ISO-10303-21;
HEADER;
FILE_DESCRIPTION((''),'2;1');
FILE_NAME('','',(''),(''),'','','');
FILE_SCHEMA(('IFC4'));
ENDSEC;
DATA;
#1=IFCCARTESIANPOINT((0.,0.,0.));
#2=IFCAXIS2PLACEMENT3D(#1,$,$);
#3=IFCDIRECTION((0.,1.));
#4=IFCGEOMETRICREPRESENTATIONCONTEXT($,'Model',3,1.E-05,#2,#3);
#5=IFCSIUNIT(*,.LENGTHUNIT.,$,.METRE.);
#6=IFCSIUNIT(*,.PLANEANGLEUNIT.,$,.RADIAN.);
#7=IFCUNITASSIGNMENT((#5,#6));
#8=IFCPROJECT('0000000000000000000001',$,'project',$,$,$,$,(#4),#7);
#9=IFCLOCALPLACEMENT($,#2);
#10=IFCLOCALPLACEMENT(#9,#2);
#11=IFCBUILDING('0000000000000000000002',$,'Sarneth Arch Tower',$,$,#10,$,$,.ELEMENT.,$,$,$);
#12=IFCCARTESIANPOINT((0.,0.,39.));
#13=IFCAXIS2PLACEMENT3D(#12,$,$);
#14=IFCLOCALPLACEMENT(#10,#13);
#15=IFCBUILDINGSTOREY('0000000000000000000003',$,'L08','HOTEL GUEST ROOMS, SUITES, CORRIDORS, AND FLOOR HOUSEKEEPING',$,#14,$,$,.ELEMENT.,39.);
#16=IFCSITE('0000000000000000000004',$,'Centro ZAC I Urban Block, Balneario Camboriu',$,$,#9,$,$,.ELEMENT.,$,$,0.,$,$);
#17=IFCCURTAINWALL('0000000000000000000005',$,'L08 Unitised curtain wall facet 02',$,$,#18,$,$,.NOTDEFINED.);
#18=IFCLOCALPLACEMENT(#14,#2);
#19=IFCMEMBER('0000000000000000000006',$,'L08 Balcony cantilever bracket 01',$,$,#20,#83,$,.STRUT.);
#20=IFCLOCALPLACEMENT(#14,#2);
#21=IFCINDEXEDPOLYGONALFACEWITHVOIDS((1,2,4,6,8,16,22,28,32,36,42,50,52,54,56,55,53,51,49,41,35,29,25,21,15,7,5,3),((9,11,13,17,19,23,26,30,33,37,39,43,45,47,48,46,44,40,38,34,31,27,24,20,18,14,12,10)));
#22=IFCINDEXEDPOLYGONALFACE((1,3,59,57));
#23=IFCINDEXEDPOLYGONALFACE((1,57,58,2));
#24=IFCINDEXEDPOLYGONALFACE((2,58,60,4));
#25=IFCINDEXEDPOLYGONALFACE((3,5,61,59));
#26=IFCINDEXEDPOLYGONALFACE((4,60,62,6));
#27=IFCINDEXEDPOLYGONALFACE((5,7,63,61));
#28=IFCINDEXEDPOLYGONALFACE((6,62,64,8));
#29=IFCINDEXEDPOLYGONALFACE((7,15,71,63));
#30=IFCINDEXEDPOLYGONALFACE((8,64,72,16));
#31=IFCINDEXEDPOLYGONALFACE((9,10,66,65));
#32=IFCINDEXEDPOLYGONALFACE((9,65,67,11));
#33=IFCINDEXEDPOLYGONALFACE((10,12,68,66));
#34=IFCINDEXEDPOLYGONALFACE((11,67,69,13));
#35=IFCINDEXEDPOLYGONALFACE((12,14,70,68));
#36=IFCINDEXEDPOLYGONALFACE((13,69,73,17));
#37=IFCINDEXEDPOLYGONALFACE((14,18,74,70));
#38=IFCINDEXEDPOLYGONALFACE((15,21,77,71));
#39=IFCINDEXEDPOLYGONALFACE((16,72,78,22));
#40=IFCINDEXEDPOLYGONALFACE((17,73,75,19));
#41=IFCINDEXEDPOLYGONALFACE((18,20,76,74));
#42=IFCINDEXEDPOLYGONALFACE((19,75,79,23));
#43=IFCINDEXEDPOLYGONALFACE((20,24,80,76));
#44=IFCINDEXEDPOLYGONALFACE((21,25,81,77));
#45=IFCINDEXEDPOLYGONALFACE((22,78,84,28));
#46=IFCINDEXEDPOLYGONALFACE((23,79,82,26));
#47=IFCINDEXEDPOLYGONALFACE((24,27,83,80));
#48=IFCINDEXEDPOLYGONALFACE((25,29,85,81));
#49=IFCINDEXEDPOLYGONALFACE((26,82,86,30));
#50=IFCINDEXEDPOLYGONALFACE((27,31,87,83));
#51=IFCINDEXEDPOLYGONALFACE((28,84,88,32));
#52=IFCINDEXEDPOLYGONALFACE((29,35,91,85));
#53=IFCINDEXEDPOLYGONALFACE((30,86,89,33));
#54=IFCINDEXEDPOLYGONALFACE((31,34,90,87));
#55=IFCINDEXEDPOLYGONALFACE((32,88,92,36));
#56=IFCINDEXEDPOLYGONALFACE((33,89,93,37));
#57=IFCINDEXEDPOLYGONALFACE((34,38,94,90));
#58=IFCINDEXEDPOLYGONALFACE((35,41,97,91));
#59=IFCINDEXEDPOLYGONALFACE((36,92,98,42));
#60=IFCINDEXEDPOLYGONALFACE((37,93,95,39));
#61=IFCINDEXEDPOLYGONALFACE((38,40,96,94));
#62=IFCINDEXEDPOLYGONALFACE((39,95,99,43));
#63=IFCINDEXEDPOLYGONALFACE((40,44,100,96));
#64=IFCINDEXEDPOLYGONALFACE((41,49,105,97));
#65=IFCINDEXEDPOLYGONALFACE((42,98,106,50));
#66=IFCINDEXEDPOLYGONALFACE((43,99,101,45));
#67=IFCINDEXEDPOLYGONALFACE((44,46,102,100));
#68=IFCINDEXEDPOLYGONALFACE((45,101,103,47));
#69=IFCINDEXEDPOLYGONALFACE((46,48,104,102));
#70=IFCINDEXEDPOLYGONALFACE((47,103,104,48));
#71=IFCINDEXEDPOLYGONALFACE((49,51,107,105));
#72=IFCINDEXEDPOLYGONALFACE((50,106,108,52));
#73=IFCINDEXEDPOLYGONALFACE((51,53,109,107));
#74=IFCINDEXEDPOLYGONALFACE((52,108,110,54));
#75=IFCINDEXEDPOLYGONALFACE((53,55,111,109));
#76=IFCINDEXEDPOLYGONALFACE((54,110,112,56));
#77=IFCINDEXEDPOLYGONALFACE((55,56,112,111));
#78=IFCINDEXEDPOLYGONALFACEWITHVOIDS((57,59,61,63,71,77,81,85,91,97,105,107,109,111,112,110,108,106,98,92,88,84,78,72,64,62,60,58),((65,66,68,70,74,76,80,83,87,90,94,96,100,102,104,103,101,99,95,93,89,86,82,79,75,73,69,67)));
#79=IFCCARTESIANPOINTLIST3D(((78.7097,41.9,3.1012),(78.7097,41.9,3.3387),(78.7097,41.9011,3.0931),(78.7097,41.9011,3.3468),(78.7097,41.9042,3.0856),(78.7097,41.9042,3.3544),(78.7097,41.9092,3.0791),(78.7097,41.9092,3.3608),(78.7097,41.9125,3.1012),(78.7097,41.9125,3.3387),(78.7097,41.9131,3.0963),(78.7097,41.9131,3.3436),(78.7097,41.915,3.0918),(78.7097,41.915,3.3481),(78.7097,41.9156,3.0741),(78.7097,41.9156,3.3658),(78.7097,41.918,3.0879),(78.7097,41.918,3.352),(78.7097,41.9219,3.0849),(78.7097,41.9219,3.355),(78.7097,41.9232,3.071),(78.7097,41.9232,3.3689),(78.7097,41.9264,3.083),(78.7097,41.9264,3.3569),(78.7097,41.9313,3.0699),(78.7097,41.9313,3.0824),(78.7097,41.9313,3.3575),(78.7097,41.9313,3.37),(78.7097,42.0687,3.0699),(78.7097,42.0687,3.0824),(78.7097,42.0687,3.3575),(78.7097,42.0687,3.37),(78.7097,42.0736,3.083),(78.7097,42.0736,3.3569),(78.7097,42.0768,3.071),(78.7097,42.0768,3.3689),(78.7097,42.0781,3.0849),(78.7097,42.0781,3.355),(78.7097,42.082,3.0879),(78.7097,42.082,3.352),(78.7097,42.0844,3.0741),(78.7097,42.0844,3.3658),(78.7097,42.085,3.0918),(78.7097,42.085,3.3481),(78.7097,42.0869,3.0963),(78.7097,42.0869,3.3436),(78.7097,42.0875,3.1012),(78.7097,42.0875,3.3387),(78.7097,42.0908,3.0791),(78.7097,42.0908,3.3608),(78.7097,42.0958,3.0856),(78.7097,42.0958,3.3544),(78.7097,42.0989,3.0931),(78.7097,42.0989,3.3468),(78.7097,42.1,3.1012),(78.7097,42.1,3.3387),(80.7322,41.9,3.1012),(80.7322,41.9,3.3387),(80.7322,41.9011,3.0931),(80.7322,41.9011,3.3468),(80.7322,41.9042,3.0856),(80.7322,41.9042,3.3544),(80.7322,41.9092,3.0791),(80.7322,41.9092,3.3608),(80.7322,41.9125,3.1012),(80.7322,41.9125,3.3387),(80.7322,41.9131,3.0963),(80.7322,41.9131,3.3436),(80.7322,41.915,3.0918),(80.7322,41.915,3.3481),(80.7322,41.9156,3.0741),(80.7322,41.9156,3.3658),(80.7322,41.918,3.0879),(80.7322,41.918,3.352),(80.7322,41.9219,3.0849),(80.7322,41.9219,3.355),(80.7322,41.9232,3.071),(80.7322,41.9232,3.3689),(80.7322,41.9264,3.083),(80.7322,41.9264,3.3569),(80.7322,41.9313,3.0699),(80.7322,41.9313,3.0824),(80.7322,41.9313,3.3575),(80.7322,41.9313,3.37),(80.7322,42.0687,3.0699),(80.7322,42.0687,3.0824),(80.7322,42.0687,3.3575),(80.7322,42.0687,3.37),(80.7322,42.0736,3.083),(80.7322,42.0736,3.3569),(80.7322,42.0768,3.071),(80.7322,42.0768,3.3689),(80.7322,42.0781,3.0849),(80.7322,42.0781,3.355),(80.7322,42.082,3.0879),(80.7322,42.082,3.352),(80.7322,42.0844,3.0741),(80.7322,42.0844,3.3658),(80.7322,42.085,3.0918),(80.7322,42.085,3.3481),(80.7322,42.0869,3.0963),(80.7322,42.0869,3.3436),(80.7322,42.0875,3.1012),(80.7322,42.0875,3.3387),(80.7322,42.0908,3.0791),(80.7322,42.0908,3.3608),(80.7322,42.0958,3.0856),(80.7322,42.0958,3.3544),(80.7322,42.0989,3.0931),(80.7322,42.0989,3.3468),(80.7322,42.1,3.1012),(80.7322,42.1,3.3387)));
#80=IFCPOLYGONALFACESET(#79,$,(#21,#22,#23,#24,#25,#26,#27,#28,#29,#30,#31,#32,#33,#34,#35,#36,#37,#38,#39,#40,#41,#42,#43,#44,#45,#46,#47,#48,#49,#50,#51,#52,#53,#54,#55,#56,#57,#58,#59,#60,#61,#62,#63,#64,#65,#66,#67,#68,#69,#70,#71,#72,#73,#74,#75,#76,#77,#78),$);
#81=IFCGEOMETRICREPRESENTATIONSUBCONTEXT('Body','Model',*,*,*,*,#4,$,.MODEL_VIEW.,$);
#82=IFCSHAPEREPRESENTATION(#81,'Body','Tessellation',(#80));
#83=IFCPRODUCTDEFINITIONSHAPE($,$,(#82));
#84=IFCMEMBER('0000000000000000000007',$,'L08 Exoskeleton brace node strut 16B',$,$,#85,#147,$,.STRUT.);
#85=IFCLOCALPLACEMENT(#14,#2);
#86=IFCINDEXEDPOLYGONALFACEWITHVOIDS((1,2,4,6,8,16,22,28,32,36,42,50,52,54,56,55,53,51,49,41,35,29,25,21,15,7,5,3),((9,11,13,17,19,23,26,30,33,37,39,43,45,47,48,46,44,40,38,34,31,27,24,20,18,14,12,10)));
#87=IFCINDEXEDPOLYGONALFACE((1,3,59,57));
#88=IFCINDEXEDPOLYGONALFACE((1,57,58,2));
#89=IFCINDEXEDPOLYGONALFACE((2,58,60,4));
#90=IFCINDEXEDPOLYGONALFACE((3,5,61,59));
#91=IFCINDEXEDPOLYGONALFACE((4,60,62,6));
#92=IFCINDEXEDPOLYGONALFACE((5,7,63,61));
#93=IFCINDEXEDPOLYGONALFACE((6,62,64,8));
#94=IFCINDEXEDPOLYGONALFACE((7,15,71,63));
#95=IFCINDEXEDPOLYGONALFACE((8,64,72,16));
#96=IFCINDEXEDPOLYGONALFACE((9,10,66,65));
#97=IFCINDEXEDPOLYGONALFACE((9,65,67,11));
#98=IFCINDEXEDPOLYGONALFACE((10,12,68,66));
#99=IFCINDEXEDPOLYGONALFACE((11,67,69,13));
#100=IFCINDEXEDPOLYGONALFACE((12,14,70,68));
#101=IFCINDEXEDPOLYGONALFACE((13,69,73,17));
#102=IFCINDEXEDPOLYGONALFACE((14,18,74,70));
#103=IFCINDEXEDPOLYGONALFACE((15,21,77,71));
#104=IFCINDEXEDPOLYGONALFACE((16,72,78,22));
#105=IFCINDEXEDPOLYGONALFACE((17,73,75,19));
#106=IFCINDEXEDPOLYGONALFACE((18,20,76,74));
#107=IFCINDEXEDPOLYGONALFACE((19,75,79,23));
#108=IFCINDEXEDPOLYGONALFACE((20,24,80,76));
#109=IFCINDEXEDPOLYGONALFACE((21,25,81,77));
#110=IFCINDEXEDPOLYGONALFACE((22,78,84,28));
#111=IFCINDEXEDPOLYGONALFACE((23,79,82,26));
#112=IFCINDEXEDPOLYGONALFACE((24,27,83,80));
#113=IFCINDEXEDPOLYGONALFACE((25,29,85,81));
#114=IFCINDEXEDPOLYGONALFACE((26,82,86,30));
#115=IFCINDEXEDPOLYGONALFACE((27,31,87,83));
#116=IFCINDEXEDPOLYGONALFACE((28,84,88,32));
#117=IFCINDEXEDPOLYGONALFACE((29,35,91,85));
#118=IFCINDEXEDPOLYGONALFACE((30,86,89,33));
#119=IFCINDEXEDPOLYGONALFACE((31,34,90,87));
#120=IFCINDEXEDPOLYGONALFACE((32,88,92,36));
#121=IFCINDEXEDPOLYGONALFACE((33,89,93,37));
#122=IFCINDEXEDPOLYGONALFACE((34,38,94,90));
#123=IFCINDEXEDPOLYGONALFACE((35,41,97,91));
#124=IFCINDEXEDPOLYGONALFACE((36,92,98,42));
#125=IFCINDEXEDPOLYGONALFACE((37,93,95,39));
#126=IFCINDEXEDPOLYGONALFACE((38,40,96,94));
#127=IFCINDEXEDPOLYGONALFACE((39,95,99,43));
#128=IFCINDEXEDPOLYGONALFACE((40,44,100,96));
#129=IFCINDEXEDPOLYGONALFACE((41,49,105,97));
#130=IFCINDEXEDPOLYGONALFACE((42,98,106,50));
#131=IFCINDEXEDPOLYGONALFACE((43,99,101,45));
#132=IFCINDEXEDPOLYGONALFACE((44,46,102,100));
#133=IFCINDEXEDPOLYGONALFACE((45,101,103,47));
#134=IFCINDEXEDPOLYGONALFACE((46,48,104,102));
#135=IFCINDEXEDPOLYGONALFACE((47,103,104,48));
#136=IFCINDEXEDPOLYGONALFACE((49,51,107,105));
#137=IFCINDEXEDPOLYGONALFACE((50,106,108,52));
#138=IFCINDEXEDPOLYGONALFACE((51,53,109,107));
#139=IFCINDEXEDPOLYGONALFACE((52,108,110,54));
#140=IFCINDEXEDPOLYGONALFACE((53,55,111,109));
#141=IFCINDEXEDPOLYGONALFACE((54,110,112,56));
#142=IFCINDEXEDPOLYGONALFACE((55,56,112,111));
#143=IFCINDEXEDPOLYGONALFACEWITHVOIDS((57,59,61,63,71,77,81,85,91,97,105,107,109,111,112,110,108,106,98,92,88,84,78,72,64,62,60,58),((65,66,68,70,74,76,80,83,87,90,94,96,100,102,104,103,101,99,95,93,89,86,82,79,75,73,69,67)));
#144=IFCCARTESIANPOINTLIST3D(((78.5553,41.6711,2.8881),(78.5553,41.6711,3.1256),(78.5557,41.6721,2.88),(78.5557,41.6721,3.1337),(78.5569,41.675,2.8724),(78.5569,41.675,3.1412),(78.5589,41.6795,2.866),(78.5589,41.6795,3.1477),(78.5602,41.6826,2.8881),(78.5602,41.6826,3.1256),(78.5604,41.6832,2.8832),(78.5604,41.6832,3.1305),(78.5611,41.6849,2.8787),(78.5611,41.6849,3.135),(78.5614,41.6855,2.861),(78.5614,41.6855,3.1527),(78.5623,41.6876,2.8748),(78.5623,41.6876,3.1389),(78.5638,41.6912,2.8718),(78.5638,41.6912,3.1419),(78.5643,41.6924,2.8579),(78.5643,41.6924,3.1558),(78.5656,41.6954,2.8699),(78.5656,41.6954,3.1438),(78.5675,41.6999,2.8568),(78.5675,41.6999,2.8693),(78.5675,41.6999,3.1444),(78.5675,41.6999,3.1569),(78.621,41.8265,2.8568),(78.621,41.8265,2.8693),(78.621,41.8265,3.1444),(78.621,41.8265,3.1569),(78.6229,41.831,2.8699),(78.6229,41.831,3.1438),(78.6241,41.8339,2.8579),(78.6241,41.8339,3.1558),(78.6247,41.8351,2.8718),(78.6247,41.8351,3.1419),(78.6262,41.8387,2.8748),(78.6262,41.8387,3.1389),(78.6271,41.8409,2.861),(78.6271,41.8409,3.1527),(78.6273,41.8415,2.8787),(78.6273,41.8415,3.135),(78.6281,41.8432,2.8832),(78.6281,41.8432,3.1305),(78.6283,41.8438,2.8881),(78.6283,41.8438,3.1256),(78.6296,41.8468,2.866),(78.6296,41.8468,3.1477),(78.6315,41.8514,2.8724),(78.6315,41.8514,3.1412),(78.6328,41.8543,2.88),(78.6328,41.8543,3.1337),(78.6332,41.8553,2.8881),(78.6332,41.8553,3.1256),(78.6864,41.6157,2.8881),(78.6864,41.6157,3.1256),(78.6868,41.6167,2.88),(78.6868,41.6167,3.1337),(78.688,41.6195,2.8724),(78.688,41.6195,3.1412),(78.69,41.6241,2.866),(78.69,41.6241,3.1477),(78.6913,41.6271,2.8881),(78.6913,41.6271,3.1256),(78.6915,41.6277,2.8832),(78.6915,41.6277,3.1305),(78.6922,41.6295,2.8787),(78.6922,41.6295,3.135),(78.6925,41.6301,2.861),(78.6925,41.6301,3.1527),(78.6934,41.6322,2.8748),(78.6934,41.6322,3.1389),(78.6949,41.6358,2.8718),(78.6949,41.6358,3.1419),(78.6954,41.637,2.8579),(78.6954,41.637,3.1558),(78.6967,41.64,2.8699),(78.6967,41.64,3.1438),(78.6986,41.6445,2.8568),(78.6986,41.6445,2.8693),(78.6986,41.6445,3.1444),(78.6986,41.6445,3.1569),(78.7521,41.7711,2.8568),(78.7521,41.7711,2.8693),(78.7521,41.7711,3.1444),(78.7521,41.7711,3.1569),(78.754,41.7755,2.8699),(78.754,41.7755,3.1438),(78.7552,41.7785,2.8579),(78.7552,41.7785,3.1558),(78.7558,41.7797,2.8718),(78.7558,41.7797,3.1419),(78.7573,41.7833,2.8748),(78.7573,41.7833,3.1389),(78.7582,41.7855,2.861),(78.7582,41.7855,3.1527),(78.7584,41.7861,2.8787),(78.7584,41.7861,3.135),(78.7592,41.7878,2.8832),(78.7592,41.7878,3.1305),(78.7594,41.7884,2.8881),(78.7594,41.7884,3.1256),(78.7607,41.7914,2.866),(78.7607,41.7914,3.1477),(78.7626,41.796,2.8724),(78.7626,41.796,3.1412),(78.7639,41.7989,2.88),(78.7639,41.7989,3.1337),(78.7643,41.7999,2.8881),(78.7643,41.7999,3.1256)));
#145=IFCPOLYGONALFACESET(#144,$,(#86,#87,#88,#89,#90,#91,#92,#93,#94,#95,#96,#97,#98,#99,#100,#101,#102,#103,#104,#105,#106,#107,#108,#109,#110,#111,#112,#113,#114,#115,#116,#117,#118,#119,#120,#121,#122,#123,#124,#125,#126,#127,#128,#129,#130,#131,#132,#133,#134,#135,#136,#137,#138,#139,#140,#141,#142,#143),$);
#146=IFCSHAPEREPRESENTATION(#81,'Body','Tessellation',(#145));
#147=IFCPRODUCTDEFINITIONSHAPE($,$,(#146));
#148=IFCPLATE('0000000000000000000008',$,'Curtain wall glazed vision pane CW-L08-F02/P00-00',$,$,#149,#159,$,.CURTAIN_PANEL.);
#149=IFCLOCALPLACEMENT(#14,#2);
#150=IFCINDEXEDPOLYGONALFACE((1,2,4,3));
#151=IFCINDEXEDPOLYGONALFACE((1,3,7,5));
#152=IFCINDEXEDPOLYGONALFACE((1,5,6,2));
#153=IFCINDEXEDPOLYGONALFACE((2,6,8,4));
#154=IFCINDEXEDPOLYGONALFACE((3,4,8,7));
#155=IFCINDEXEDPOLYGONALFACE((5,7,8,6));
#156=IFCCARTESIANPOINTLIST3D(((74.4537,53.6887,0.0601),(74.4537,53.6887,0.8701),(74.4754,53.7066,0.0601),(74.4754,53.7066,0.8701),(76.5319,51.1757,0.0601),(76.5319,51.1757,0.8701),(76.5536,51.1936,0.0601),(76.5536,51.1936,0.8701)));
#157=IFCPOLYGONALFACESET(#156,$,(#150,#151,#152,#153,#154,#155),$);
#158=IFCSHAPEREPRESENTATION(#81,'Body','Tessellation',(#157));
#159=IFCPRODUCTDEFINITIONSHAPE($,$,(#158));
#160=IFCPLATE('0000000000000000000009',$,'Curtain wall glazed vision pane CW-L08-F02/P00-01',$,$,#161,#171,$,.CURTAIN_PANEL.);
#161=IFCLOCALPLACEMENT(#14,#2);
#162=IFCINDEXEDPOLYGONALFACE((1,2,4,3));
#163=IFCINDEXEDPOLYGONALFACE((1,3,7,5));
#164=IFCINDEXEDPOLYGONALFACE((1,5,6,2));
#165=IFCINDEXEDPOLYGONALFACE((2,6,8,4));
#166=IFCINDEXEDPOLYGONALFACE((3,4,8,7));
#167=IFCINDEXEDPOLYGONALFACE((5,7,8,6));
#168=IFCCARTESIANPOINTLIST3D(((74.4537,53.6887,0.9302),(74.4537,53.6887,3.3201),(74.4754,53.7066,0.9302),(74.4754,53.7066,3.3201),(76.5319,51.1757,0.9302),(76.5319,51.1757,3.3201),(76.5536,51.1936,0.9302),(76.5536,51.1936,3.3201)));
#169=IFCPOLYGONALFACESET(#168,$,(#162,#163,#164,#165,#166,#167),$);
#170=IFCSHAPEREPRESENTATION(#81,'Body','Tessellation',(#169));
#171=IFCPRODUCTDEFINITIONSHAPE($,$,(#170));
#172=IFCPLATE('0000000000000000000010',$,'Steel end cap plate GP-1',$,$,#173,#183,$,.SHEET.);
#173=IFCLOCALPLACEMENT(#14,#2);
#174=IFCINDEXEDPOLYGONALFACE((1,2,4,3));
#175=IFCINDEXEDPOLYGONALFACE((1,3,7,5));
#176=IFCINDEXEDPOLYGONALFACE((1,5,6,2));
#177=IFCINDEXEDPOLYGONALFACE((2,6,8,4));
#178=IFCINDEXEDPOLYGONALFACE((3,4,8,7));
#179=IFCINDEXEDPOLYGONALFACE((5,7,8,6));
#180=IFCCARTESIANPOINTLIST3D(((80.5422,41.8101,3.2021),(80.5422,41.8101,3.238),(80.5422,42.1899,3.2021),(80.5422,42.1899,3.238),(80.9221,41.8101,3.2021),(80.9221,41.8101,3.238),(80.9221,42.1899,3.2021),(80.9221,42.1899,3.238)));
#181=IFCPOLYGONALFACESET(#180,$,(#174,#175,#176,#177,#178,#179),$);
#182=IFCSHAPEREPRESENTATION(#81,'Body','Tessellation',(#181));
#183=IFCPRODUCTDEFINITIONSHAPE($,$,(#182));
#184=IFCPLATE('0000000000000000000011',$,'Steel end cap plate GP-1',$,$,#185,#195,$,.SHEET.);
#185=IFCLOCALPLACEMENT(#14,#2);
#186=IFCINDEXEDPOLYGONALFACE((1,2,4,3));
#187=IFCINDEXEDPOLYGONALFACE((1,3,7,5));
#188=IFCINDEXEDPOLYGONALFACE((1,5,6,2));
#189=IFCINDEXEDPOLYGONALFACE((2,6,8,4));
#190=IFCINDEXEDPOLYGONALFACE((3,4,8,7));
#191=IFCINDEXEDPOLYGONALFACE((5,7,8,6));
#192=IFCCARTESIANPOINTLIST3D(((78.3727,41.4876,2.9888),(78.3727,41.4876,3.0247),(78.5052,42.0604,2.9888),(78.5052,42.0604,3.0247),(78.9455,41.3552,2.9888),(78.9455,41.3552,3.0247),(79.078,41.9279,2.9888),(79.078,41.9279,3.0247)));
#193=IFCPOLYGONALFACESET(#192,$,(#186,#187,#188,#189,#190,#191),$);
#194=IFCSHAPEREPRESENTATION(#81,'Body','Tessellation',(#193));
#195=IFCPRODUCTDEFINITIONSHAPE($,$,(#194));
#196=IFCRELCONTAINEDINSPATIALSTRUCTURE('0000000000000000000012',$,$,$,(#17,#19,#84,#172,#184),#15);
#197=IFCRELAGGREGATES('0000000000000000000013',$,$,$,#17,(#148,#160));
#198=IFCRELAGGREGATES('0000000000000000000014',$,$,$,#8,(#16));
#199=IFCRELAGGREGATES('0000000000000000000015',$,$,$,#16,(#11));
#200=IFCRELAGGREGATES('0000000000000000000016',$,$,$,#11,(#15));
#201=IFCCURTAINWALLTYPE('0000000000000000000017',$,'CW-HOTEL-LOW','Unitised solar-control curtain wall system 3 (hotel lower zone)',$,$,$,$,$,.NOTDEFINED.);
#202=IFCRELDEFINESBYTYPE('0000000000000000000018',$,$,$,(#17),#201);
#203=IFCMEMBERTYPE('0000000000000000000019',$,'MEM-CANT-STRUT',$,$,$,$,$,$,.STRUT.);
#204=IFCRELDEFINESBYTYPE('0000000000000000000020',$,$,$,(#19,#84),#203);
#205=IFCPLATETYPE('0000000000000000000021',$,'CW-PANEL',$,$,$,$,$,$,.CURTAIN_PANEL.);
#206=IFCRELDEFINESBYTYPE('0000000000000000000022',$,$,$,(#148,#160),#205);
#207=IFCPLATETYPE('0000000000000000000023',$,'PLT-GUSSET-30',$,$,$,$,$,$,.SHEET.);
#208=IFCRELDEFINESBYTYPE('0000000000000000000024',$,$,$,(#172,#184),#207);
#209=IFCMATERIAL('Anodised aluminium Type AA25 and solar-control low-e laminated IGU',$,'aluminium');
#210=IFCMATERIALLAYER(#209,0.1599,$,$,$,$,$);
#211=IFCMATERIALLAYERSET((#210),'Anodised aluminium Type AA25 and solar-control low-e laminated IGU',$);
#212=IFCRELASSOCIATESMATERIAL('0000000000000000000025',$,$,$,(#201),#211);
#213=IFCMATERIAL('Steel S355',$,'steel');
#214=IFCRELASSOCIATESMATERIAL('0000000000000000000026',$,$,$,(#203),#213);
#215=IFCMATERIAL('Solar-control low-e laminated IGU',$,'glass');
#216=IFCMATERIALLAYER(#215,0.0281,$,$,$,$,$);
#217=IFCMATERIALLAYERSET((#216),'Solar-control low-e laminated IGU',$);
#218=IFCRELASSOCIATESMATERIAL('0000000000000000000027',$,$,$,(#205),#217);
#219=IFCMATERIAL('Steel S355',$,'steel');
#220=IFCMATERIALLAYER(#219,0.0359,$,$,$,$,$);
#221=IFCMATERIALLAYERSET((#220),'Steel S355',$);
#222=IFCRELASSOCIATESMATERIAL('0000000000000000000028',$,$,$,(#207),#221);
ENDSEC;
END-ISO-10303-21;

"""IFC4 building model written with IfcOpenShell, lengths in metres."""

from ifc_helpers import new_model, si_unit, direction, frame, origin, origin_2d, place, context, subcontext, project, spatial, rectangle, hollow_rectangle, extrude, material, layer, layer_set, material_profile, profile_set, type_object, element, aggregate, save


model = new_model("IFC4")

# Units and contexts
model_context = context("Model", 3, precision=1e-05, world=origin(), true_north=direction((0.0, 1.0)))
body_context = subcontext(model_context, "Body", "Model", "MODEL_VIEW")
ifc_project = project(units=[si_unit("LENGTHUNIT", "METRE"), si_unit("PLANEANGLEUNIT", "RADIAN")], contexts=[model_context])

# Site, building, storey
site_placement = place(None, origin())
site = spatial("IfcSite", under=ifc_project, at=site_placement, Name="Centro ZAC I Urban Block, Balneario Camboriu", CompositionType="ELEMENT", RefElevation=0.0)
building_placement = place(site_placement, origin())
building = spatial("IfcBuilding", under=site, at=building_placement, Name="Sarneth Arch Tower", CompositionType="ELEMENT")
storey_placement = place(building_placement, frame((0.0, 0.0, 39.0)))
storey = spatial("IfcBuildingStorey", under=building, at=storey_placement, Name="L08", Description="HOTEL GUEST ROOMS, SUITES, CORRIDORS, AND FLOOR HOUSEKEEPING", CompositionType="ELEMENT", Elevation=39.0)

# Curtain wall
ifc_material_1 = material(Name="Anodised aluminium Type AA25 and solar-control low-e laminated IGU", Category="aluminium")
ifc_layer_1 = layer(ifc_material_1, 0.1599)
ifc_layer_set_1 = layer_set([ifc_layer_1], Name="Anodised aluminium Type AA25 and solar-control low-e laminated IGU")
curtain_wall_type = type_object("IfcCurtainWallType", Name="CW-HOTEL-LOW", Description="Unitised solar-control curtain wall system 3 (hotel lower zone)", PredefinedType="NOTDEFINED", material=ifc_layer_set_1)
curtain_wall_placement = place(storey_placement, origin())
curtain_wall = element("IfcCurtainWall", 1, at=curtain_wall_placement, inside=storey, type_object=curtain_wall_type, Name="L08 Unitised curtain wall facet 02", PredefinedType="NOTDEFINED")

# Members
ifc_material_2 = material(Name="Steel S355", Category="steel")
ifc_material_profile_1 = material_profile(ifc_material_2, hollow_rectangle(XDim=0.2, YDim=0.3, WallThickness=0.0125, InnerFilletRadius=0.0188, OuterFilletRadius=0.0312, at=origin_2d()), Name="RHS300x200x12.5")
ifc_profile_set_1 = profile_set([ifc_material_profile_1], Name="Steel S355")
member_type_1 = type_object("IfcMemberType", Name="MEM-CANT-STRUT", PredefinedType="STRUT", material=ifc_profile_set_1)
member_1_placement = place(storey_placement, frame((78.7097, 42.0, 3.22), z_axis=(1.0, 0.0, 0.0), x_axis=(0.0, 1.0, 0.0)))
element("IfcMember", 2, at=member_1_placement, inside=storey, type_object=member_type_1, Name="L08 Balcony cantilever bracket 01", PredefinedType="STRUT", context=body_context, shape_type="SweptSolid", body=[
    extrude(hollow_rectangle(XDim=0.2, YDim=0.3, WallThickness=0.0125, InnerFilletRadius=0.0188, OuterFilletRadius=0.0312, at=origin_2d()), origin(), (0.0, 0.0, 1.0), 2.0225),
])
member_2_placement = place(storey_placement, frame((78.5942, 41.7632, 3.0068), z_axis=(0.921086, -0.38936, 0.0), x_axis=(0.38936, 0.921086, 0.0)))
element("IfcMember", 3, at=member_2_placement, inside=storey, type_object=member_type_1, Name="L08 Exoskeleton brace node strut 16B", PredefinedType="STRUT", context=body_context, shape_type="SweptSolid", body=[
    extrude(hollow_rectangle(XDim=0.2, YDim=0.3, WallThickness=0.0125, InnerFilletRadius=0.0188, OuterFilletRadius=0.0312, at=origin_2d()), origin(), (0.0, 0.0, 1.0), 0.1423),
])

# Plates
ifc_material_3 = material(Name="Solar-control low-e laminated IGU", Category="glass")
ifc_layer_2 = layer(ifc_material_3, 0.0281)
ifc_layer_set_2 = layer_set([ifc_layer_2], Name="Solar-control low-e laminated IGU")
plate_type_1 = type_object("IfcPlateType", Name="CW-PANEL", PredefinedType="CURTAIN_PANEL", material=ifc_layer_set_2)
plate_1_placement = place(storey_placement, frame((75.5037, 52.4412, 0.0601), z_axis=(0.0, 0.0, 1.0), x_axis=(-0.637291, 0.770623, 0.0)))
plate_1 = element("IfcPlate", 4, at=plate_1_placement, type_object=plate_type_1, Name="Curtain wall glazed vision pane CW-L08-F02/P00-00", PredefinedType="CURTAIN_PANEL", context=body_context, shape_type="SweptSolid", body=[
    extrude(rectangle(XDim=3.261, YDim=0.0281, at=origin_2d()), origin(), (0.0, 0.0, 1.0), 0.8101),
])
plate_2_placement = place(storey_placement, frame((75.5037, 52.4412, 0.9302), z_axis=(0.0, 0.0, 1.0), x_axis=(-0.637291, 0.770623, 0.0)))
plate_2 = element("IfcPlate", 5, at=plate_2_placement, type_object=plate_type_1, Name="Curtain wall glazed vision pane CW-L08-F02/P00-01", PredefinedType="CURTAIN_PANEL", context=body_context, shape_type="SweptSolid", body=[
    extrude(rectangle(XDim=3.261, YDim=0.0281, at=origin_2d()), origin(), (0.0, 0.0, 1.0), 2.3899),
])
aggregate(curtain_wall, [plate_1, plate_2])

# Plates
ifc_material_4 = material(Name="Steel S355", Category="steel")
ifc_layer_3 = layer(ifc_material_4, 0.0359)
ifc_layer_set_3 = layer_set([ifc_layer_3], Name="Steel S355")
plate_type_2 = type_object("IfcPlateType", Name="PLT-GUSSET-30", PredefinedType="SHEET", material=ifc_layer_set_3)
plate_3_placement = place(storey_placement, frame((80.7322, 42.0, 3.2021), z_axis=(0.0, 0.0, 1.0), x_axis=(1.0, 0.0, 0.0)))
element("IfcPlate", 6, at=plate_3_placement, inside=storey, type_object=plate_type_2, Name="Steel end cap plate GP-1", PredefinedType="SHEET", context=body_context, shape_type="SweptSolid", body=[
    extrude(rectangle(XDim=0.3799, YDim=0.3799, at=origin_2d()), origin(), (0.0, 0.0, 1.0), 0.0359),
])
plate_4_placement = place(storey_placement, frame((78.7253, 41.7078, 2.9888), z_axis=(0.0, 0.0, 1.0), x_axis=(0.225291, 0.974291, 0.0)))
element("IfcPlate", 7, at=plate_4_placement, inside=storey, type_object=plate_type_2, Name="Steel end cap plate GP-1", PredefinedType="SHEET", context=body_context, shape_type="SweptSolid", body=[
    extrude(rectangle(XDim=0.5879, YDim=0.5879, at=origin_2d()), origin(), (0.0, 0.0, 1.0), 0.0359),
])

save(model, "model.ifc")
